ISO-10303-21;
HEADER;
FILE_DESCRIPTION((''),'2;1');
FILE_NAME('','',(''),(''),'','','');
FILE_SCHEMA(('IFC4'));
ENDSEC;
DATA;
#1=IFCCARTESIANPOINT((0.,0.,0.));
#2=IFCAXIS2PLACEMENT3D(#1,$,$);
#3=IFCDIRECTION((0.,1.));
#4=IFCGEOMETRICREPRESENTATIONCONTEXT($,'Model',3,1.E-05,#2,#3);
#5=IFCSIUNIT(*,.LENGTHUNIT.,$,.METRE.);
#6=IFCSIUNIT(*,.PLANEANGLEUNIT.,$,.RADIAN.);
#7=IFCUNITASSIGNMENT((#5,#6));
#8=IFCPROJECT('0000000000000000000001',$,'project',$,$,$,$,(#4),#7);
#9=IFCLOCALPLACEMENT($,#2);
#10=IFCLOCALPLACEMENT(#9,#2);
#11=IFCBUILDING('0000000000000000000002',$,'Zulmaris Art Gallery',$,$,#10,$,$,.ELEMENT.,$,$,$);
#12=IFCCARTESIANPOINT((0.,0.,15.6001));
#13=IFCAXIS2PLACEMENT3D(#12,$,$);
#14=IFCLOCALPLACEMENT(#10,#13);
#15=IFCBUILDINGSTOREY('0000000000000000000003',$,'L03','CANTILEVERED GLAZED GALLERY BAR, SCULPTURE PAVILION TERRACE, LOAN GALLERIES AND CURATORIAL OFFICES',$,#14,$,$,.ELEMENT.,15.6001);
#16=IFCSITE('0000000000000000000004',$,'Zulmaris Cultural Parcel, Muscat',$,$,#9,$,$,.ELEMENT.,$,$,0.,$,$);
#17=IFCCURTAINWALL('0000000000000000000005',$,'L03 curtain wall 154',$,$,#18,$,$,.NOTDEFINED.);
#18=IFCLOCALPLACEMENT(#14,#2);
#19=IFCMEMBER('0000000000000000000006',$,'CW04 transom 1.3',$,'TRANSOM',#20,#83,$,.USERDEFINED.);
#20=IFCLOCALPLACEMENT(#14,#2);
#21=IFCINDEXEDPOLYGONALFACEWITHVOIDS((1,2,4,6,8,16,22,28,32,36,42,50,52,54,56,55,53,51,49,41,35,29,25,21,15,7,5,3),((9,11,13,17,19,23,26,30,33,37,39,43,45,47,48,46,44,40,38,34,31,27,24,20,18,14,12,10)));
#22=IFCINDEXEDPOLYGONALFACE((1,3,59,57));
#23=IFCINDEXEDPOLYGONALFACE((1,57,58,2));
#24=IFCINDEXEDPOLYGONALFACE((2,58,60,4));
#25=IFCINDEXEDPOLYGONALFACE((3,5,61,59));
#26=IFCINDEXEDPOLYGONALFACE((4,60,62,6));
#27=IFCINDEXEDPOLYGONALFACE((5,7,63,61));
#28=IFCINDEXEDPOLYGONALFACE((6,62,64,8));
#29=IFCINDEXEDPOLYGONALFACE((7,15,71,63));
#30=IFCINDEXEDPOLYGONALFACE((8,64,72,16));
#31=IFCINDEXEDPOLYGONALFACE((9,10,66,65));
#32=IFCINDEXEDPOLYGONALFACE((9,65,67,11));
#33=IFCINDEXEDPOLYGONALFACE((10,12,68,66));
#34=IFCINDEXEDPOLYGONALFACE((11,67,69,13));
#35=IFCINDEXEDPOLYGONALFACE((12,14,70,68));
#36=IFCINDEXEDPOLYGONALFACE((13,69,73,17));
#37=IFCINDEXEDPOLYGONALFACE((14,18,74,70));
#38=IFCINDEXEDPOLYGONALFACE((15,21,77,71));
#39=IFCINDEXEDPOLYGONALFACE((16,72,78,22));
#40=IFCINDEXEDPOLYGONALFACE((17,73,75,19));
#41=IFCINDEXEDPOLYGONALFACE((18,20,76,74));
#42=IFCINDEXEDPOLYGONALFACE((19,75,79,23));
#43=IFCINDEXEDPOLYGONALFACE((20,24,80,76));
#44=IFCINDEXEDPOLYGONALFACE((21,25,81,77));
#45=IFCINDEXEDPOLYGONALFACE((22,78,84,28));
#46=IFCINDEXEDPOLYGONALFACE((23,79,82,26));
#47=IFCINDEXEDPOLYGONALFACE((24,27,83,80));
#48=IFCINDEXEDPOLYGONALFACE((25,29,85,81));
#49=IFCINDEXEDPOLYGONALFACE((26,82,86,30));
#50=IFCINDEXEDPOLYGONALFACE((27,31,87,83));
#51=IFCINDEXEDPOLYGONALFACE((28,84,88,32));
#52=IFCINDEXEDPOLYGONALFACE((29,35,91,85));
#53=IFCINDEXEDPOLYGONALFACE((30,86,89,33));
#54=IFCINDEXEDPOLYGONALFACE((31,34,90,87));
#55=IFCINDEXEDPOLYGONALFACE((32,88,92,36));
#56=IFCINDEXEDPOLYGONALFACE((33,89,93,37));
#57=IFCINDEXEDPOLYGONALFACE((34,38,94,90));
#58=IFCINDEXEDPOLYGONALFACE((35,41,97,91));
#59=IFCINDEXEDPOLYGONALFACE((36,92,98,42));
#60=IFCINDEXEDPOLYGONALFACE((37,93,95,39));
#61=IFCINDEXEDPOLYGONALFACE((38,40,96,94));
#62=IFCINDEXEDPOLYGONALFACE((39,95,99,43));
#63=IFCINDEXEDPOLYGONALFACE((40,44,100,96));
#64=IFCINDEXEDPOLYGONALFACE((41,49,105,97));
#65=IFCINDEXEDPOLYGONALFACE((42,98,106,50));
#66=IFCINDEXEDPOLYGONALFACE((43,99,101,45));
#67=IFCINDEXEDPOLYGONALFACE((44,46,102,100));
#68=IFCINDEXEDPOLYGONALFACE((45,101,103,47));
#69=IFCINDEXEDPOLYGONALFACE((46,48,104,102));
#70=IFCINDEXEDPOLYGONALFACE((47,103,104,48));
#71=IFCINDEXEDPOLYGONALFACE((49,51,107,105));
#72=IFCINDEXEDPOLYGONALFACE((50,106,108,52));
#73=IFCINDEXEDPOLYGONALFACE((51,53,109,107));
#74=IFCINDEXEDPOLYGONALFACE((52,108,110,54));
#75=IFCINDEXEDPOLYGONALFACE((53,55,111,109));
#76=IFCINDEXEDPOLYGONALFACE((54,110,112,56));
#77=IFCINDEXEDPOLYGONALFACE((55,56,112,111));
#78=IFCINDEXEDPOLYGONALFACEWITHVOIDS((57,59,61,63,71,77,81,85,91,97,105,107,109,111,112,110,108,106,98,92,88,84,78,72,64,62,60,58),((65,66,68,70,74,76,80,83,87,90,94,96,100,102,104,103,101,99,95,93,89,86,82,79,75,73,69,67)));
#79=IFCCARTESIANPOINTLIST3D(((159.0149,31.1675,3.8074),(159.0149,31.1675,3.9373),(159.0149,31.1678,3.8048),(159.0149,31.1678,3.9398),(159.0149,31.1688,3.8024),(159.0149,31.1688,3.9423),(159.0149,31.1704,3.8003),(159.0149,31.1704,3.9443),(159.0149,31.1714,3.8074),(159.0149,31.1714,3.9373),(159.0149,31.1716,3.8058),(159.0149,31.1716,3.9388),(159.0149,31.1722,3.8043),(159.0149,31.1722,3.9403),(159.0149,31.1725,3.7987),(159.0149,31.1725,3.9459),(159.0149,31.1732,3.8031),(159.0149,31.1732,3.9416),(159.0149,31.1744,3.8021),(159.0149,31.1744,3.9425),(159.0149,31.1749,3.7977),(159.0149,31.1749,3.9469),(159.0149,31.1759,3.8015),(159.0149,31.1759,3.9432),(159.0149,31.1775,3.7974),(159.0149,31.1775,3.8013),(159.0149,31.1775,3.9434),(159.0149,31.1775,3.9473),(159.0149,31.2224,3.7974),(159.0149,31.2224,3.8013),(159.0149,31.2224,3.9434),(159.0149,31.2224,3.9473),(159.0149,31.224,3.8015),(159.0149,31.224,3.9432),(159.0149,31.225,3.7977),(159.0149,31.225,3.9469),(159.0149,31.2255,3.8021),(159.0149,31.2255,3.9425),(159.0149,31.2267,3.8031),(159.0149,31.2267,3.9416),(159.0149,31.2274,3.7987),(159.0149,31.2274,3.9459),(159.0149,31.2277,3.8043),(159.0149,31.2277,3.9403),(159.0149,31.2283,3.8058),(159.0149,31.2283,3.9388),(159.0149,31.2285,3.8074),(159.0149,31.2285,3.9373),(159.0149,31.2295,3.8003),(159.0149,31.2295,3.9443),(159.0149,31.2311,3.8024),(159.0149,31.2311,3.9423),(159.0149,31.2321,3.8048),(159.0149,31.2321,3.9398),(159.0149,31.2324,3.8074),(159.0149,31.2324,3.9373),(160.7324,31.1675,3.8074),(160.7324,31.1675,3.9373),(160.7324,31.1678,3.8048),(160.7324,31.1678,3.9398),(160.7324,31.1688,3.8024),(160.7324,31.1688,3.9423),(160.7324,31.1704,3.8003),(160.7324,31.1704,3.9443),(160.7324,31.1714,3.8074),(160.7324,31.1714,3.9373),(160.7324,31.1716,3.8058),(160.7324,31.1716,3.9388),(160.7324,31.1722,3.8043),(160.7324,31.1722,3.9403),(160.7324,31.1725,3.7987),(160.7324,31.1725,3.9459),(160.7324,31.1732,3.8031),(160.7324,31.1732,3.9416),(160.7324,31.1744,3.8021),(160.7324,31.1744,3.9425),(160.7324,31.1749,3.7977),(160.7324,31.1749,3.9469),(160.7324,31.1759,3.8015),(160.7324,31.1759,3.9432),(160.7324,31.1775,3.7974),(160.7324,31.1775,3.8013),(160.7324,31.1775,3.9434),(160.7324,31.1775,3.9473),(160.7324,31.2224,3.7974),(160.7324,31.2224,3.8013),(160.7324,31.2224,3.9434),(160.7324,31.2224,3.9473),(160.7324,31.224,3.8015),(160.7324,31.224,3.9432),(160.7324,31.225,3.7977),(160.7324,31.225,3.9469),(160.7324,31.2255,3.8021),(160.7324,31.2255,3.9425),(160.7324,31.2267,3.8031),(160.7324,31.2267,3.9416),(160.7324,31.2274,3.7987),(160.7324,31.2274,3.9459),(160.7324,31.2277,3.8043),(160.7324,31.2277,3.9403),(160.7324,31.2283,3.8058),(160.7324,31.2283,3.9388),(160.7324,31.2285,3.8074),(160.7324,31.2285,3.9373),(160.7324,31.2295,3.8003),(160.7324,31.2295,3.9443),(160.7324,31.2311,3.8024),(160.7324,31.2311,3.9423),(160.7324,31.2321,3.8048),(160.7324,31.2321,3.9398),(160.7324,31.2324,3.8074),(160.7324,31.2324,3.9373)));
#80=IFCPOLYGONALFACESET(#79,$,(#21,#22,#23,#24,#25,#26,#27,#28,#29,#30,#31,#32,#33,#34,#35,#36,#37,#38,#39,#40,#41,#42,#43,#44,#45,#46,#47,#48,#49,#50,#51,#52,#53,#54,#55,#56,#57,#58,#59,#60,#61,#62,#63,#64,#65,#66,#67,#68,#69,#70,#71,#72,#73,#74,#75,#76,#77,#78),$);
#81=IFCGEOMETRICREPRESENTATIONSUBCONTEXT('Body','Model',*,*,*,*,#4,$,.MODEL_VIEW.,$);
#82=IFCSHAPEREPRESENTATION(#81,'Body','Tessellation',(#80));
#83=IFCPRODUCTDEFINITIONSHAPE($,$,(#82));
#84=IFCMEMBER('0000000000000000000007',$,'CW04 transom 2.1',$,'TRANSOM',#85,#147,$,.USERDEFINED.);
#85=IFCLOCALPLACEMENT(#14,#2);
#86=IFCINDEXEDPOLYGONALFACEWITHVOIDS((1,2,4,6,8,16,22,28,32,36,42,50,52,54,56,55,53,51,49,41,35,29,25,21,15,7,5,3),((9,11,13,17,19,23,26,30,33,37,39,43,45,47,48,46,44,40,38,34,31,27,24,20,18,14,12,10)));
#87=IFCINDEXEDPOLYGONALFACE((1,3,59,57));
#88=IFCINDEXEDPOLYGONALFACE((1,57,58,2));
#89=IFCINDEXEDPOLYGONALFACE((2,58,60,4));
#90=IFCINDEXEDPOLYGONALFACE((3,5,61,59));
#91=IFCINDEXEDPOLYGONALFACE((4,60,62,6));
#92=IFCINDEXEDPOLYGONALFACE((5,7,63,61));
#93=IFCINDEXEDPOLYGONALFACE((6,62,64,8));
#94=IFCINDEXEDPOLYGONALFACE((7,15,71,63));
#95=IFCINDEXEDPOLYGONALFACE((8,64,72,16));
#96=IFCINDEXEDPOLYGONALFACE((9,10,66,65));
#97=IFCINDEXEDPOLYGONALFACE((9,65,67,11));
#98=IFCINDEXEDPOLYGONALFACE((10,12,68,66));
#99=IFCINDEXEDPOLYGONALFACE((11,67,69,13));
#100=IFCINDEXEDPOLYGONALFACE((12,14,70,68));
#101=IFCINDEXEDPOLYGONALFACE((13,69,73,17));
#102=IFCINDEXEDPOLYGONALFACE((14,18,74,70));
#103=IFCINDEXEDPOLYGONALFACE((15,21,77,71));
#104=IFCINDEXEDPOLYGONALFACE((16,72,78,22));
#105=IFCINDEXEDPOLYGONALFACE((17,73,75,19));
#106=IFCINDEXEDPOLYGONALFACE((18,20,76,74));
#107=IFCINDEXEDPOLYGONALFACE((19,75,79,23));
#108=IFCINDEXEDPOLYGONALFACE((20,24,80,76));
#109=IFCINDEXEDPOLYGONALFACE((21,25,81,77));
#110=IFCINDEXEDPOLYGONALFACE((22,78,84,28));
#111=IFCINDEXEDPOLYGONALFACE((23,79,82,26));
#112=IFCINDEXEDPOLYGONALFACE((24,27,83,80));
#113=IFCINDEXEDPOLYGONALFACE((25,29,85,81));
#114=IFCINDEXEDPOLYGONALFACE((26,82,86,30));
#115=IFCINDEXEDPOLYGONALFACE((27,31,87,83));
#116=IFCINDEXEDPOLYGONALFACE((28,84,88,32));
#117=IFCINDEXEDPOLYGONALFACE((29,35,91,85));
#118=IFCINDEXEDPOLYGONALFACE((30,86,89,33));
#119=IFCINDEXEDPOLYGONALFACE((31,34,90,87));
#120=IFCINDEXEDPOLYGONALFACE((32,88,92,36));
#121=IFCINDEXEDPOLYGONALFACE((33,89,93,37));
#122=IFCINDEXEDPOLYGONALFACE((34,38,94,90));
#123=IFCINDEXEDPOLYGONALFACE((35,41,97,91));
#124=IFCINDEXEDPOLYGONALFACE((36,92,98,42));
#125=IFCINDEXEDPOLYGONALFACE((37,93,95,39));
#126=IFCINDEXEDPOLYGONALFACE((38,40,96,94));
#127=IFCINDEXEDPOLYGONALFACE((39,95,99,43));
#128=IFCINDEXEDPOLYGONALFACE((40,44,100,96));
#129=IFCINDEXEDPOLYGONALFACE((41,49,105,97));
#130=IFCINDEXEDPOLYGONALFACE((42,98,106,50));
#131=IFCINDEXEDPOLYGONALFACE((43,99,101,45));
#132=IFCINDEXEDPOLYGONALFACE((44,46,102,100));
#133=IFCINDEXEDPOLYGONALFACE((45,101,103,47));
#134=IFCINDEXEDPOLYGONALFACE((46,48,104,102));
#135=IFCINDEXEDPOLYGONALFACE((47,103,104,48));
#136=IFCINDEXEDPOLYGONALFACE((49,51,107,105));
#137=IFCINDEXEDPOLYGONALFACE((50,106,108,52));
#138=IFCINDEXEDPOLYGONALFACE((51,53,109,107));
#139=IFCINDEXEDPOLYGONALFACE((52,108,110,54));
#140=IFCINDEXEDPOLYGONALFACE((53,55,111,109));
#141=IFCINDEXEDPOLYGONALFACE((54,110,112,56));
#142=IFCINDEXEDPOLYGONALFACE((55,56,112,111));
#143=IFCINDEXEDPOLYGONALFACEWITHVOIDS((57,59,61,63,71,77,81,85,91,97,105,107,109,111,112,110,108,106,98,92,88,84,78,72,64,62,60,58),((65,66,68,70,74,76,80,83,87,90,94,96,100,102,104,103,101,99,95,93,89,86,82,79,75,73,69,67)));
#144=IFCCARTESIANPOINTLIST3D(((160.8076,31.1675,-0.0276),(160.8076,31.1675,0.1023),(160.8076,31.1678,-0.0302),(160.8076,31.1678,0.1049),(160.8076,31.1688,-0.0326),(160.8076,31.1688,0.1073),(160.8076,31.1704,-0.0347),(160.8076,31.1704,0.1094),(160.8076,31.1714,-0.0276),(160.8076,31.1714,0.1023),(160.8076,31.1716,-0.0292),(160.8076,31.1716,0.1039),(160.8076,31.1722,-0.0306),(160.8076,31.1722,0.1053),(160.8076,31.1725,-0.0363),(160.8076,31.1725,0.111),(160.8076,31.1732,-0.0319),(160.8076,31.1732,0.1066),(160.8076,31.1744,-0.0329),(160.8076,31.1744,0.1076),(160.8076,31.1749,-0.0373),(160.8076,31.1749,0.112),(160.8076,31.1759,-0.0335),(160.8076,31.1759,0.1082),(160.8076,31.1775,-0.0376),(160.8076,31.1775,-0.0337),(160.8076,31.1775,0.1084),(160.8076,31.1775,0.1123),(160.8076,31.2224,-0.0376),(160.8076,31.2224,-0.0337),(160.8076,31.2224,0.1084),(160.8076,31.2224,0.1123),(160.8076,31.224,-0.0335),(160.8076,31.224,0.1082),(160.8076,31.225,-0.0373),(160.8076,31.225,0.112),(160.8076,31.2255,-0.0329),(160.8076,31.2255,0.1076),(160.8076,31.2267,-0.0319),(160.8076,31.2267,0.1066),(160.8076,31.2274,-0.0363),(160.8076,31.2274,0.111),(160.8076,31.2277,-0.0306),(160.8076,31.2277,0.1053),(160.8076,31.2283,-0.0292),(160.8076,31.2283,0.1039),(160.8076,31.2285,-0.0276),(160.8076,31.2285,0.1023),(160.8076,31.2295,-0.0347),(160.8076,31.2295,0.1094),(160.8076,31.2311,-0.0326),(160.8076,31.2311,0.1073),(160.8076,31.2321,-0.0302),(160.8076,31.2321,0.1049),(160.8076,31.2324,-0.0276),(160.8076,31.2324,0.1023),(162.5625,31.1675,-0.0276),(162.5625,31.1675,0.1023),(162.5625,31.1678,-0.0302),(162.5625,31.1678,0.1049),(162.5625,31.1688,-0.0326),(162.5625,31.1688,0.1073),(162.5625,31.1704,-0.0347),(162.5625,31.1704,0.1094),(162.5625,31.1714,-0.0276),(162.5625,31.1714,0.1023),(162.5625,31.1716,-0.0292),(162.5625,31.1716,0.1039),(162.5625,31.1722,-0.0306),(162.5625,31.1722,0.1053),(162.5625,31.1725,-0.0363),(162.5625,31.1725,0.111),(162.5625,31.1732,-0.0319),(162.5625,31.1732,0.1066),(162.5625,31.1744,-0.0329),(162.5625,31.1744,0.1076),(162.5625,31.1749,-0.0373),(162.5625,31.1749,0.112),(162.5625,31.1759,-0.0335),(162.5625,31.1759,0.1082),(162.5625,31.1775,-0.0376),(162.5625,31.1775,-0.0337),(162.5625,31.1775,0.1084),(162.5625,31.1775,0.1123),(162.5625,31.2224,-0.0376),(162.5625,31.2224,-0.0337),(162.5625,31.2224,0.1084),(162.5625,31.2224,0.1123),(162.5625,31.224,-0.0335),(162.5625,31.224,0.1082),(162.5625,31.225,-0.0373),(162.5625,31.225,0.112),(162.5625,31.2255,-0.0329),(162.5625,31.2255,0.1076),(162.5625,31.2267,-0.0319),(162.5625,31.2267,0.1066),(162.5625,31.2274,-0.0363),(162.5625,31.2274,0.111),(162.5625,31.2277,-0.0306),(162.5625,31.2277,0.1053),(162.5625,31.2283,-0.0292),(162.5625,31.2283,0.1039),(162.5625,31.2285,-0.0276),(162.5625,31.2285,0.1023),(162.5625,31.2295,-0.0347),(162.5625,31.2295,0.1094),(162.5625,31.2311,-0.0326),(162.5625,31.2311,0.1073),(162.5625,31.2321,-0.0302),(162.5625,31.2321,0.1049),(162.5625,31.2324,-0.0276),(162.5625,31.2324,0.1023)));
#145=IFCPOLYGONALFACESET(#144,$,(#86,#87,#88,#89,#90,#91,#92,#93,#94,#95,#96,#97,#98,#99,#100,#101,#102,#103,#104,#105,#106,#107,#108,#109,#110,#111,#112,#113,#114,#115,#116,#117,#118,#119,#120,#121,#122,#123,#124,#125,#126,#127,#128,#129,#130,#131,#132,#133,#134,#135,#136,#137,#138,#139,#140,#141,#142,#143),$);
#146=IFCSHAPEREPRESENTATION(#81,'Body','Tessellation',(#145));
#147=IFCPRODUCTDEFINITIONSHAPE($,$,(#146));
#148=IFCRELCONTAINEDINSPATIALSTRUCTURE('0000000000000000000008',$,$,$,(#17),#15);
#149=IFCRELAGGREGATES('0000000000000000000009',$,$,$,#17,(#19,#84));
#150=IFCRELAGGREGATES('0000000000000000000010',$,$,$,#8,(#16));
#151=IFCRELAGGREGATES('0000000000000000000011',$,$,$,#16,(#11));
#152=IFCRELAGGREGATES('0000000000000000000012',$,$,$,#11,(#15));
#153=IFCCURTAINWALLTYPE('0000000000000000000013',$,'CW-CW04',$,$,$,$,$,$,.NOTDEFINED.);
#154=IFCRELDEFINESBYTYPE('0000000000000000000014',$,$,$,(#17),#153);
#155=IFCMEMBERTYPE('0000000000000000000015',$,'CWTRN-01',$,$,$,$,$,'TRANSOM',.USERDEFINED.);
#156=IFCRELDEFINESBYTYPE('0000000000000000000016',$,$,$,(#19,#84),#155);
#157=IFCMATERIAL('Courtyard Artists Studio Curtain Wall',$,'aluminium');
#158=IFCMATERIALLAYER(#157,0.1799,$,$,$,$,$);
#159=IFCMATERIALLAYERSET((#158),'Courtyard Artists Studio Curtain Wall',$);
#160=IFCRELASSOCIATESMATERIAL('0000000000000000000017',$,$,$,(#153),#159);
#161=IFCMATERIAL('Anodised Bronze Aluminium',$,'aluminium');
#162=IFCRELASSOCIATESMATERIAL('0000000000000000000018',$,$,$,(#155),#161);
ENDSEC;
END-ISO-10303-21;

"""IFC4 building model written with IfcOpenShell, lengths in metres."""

from ifc_helpers import new_model, si_unit, direction, frame, origin, origin_2d, place, context, subcontext, project, spatial, hollow_rectangle, extrude, material, layer, layer_set, material_profile, profile_set, type_object, element, aggregate, save


model = new_model("IFC4")

# Units and contexts
model_context = context("Model", 3, precision=1e-05, world=origin(), true_north=direction((0.0, 1.0)))
body_context = subcontext(model_context, "Body", "Model", "MODEL_VIEW")
ifc_project = project(units=[si_unit("LENGTHUNIT", "METRE"), si_unit("PLANEANGLEUNIT", "RADIAN")], contexts=[model_context])

# Site, building, storey
site_placement = place(None, origin())
site = spatial("IfcSite", under=ifc_project, at=site_placement, Name="Zulmaris Cultural Parcel, Muscat", CompositionType="ELEMENT", RefElevation=0.0)
building_placement = place(site_placement, origin())
building = spatial("IfcBuilding", under=site, at=building_placement, Name="Zulmaris Art Gallery", CompositionType="ELEMENT")
storey_placement = place(building_placement, frame((0.0, 0.0, 15.6001)))
storey = spatial("IfcBuildingStorey", under=building, at=storey_placement, Name="L03", Description="CANTILEVERED GLAZED GALLERY BAR, SCULPTURE PAVILION TERRACE, LOAN GALLERIES AND CURATORIAL OFFICES", CompositionType="ELEMENT", Elevation=15.6001)

# Curtain wall
ifc_material_1 = material(Name="Courtyard Artists Studio Curtain Wall", Category="aluminium")
ifc_layer_1 = layer(ifc_material_1, 0.1799)
ifc_layer_set_1 = layer_set([ifc_layer_1], Name="Courtyard Artists Studio Curtain Wall")
curtain_wall_type = type_object("IfcCurtainWallType", Name="CW-CW04", PredefinedType="NOTDEFINED", material=ifc_layer_set_1)
curtain_wall_1_placement = place(storey_placement, origin())
curtain_wall_1 = element("IfcCurtainWall", 1, at=curtain_wall_1_placement, inside=storey, type_object=curtain_wall_type, Name="L03 curtain wall 154", PredefinedType="NOTDEFINED")
ifc_material_2 = material(Name="Anodised Bronze Aluminium", Category="aluminium")

# Members
ifc_material_profile_1 = material_profile(ifc_material_2, hollow_rectangle(XDim=0.0649, YDim=0.1499, WallThickness=0.0039, InnerFilletRadius=0.0061, OuterFilletRadius=0.01, at=origin_2d()), Name="ALU 65x150x4")
ifc_profile_set_1 = profile_set([ifc_material_profile_1], Name="Anodised Bronze Aluminium")
member_type_1 = type_object("IfcMemberType", Name="CWTRN-01", ElementType="TRANSOM", PredefinedType="USERDEFINED", material=ifc_profile_set_1)
member_1_placement = place(storey_placement, frame((159.0149, 31.2, 3.8723), z_axis=(1.0, 0.0, 0.0), x_axis=(0.0, 1.0, 0.0)))
member_1 = element("IfcMember", 2, at=member_1_placement, type_object=member_type_1, Name="CW04 transom 1.3", ObjectType="TRANSOM", PredefinedType="USERDEFINED", context=body_context, shape_type="SweptSolid", body=[
    extrude(hollow_rectangle(XDim=0.0649, YDim=0.1499, WallThickness=0.0039, InnerFilletRadius=0.0061, OuterFilletRadius=0.01, at=origin_2d()), origin(), (0.0, 0.0, 1.0), 1.7175),
])
member_2_placement = place(storey_placement, frame((160.8076, 31.2, 0.0374), z_axis=(1.0, 0.0, 0.0), x_axis=(0.0, 1.0, 0.0)))
member_2 = element("IfcMember", 3, at=member_2_placement, type_object=member_type_1, Name="CW04 transom 2.1", ObjectType="TRANSOM", PredefinedType="USERDEFINED", context=body_context, shape_type="SweptSolid", body=[
    extrude(hollow_rectangle(XDim=0.0649, YDim=0.1499, WallThickness=0.0039, InnerFilletRadius=0.0061, OuterFilletRadius=0.01, at=origin_2d()), origin(), (0.0, 0.0, 1.0), 1.7549),
])

aggregate(curtain_wall_1, [member_1, member_2])

save(model, "model.ifc")
